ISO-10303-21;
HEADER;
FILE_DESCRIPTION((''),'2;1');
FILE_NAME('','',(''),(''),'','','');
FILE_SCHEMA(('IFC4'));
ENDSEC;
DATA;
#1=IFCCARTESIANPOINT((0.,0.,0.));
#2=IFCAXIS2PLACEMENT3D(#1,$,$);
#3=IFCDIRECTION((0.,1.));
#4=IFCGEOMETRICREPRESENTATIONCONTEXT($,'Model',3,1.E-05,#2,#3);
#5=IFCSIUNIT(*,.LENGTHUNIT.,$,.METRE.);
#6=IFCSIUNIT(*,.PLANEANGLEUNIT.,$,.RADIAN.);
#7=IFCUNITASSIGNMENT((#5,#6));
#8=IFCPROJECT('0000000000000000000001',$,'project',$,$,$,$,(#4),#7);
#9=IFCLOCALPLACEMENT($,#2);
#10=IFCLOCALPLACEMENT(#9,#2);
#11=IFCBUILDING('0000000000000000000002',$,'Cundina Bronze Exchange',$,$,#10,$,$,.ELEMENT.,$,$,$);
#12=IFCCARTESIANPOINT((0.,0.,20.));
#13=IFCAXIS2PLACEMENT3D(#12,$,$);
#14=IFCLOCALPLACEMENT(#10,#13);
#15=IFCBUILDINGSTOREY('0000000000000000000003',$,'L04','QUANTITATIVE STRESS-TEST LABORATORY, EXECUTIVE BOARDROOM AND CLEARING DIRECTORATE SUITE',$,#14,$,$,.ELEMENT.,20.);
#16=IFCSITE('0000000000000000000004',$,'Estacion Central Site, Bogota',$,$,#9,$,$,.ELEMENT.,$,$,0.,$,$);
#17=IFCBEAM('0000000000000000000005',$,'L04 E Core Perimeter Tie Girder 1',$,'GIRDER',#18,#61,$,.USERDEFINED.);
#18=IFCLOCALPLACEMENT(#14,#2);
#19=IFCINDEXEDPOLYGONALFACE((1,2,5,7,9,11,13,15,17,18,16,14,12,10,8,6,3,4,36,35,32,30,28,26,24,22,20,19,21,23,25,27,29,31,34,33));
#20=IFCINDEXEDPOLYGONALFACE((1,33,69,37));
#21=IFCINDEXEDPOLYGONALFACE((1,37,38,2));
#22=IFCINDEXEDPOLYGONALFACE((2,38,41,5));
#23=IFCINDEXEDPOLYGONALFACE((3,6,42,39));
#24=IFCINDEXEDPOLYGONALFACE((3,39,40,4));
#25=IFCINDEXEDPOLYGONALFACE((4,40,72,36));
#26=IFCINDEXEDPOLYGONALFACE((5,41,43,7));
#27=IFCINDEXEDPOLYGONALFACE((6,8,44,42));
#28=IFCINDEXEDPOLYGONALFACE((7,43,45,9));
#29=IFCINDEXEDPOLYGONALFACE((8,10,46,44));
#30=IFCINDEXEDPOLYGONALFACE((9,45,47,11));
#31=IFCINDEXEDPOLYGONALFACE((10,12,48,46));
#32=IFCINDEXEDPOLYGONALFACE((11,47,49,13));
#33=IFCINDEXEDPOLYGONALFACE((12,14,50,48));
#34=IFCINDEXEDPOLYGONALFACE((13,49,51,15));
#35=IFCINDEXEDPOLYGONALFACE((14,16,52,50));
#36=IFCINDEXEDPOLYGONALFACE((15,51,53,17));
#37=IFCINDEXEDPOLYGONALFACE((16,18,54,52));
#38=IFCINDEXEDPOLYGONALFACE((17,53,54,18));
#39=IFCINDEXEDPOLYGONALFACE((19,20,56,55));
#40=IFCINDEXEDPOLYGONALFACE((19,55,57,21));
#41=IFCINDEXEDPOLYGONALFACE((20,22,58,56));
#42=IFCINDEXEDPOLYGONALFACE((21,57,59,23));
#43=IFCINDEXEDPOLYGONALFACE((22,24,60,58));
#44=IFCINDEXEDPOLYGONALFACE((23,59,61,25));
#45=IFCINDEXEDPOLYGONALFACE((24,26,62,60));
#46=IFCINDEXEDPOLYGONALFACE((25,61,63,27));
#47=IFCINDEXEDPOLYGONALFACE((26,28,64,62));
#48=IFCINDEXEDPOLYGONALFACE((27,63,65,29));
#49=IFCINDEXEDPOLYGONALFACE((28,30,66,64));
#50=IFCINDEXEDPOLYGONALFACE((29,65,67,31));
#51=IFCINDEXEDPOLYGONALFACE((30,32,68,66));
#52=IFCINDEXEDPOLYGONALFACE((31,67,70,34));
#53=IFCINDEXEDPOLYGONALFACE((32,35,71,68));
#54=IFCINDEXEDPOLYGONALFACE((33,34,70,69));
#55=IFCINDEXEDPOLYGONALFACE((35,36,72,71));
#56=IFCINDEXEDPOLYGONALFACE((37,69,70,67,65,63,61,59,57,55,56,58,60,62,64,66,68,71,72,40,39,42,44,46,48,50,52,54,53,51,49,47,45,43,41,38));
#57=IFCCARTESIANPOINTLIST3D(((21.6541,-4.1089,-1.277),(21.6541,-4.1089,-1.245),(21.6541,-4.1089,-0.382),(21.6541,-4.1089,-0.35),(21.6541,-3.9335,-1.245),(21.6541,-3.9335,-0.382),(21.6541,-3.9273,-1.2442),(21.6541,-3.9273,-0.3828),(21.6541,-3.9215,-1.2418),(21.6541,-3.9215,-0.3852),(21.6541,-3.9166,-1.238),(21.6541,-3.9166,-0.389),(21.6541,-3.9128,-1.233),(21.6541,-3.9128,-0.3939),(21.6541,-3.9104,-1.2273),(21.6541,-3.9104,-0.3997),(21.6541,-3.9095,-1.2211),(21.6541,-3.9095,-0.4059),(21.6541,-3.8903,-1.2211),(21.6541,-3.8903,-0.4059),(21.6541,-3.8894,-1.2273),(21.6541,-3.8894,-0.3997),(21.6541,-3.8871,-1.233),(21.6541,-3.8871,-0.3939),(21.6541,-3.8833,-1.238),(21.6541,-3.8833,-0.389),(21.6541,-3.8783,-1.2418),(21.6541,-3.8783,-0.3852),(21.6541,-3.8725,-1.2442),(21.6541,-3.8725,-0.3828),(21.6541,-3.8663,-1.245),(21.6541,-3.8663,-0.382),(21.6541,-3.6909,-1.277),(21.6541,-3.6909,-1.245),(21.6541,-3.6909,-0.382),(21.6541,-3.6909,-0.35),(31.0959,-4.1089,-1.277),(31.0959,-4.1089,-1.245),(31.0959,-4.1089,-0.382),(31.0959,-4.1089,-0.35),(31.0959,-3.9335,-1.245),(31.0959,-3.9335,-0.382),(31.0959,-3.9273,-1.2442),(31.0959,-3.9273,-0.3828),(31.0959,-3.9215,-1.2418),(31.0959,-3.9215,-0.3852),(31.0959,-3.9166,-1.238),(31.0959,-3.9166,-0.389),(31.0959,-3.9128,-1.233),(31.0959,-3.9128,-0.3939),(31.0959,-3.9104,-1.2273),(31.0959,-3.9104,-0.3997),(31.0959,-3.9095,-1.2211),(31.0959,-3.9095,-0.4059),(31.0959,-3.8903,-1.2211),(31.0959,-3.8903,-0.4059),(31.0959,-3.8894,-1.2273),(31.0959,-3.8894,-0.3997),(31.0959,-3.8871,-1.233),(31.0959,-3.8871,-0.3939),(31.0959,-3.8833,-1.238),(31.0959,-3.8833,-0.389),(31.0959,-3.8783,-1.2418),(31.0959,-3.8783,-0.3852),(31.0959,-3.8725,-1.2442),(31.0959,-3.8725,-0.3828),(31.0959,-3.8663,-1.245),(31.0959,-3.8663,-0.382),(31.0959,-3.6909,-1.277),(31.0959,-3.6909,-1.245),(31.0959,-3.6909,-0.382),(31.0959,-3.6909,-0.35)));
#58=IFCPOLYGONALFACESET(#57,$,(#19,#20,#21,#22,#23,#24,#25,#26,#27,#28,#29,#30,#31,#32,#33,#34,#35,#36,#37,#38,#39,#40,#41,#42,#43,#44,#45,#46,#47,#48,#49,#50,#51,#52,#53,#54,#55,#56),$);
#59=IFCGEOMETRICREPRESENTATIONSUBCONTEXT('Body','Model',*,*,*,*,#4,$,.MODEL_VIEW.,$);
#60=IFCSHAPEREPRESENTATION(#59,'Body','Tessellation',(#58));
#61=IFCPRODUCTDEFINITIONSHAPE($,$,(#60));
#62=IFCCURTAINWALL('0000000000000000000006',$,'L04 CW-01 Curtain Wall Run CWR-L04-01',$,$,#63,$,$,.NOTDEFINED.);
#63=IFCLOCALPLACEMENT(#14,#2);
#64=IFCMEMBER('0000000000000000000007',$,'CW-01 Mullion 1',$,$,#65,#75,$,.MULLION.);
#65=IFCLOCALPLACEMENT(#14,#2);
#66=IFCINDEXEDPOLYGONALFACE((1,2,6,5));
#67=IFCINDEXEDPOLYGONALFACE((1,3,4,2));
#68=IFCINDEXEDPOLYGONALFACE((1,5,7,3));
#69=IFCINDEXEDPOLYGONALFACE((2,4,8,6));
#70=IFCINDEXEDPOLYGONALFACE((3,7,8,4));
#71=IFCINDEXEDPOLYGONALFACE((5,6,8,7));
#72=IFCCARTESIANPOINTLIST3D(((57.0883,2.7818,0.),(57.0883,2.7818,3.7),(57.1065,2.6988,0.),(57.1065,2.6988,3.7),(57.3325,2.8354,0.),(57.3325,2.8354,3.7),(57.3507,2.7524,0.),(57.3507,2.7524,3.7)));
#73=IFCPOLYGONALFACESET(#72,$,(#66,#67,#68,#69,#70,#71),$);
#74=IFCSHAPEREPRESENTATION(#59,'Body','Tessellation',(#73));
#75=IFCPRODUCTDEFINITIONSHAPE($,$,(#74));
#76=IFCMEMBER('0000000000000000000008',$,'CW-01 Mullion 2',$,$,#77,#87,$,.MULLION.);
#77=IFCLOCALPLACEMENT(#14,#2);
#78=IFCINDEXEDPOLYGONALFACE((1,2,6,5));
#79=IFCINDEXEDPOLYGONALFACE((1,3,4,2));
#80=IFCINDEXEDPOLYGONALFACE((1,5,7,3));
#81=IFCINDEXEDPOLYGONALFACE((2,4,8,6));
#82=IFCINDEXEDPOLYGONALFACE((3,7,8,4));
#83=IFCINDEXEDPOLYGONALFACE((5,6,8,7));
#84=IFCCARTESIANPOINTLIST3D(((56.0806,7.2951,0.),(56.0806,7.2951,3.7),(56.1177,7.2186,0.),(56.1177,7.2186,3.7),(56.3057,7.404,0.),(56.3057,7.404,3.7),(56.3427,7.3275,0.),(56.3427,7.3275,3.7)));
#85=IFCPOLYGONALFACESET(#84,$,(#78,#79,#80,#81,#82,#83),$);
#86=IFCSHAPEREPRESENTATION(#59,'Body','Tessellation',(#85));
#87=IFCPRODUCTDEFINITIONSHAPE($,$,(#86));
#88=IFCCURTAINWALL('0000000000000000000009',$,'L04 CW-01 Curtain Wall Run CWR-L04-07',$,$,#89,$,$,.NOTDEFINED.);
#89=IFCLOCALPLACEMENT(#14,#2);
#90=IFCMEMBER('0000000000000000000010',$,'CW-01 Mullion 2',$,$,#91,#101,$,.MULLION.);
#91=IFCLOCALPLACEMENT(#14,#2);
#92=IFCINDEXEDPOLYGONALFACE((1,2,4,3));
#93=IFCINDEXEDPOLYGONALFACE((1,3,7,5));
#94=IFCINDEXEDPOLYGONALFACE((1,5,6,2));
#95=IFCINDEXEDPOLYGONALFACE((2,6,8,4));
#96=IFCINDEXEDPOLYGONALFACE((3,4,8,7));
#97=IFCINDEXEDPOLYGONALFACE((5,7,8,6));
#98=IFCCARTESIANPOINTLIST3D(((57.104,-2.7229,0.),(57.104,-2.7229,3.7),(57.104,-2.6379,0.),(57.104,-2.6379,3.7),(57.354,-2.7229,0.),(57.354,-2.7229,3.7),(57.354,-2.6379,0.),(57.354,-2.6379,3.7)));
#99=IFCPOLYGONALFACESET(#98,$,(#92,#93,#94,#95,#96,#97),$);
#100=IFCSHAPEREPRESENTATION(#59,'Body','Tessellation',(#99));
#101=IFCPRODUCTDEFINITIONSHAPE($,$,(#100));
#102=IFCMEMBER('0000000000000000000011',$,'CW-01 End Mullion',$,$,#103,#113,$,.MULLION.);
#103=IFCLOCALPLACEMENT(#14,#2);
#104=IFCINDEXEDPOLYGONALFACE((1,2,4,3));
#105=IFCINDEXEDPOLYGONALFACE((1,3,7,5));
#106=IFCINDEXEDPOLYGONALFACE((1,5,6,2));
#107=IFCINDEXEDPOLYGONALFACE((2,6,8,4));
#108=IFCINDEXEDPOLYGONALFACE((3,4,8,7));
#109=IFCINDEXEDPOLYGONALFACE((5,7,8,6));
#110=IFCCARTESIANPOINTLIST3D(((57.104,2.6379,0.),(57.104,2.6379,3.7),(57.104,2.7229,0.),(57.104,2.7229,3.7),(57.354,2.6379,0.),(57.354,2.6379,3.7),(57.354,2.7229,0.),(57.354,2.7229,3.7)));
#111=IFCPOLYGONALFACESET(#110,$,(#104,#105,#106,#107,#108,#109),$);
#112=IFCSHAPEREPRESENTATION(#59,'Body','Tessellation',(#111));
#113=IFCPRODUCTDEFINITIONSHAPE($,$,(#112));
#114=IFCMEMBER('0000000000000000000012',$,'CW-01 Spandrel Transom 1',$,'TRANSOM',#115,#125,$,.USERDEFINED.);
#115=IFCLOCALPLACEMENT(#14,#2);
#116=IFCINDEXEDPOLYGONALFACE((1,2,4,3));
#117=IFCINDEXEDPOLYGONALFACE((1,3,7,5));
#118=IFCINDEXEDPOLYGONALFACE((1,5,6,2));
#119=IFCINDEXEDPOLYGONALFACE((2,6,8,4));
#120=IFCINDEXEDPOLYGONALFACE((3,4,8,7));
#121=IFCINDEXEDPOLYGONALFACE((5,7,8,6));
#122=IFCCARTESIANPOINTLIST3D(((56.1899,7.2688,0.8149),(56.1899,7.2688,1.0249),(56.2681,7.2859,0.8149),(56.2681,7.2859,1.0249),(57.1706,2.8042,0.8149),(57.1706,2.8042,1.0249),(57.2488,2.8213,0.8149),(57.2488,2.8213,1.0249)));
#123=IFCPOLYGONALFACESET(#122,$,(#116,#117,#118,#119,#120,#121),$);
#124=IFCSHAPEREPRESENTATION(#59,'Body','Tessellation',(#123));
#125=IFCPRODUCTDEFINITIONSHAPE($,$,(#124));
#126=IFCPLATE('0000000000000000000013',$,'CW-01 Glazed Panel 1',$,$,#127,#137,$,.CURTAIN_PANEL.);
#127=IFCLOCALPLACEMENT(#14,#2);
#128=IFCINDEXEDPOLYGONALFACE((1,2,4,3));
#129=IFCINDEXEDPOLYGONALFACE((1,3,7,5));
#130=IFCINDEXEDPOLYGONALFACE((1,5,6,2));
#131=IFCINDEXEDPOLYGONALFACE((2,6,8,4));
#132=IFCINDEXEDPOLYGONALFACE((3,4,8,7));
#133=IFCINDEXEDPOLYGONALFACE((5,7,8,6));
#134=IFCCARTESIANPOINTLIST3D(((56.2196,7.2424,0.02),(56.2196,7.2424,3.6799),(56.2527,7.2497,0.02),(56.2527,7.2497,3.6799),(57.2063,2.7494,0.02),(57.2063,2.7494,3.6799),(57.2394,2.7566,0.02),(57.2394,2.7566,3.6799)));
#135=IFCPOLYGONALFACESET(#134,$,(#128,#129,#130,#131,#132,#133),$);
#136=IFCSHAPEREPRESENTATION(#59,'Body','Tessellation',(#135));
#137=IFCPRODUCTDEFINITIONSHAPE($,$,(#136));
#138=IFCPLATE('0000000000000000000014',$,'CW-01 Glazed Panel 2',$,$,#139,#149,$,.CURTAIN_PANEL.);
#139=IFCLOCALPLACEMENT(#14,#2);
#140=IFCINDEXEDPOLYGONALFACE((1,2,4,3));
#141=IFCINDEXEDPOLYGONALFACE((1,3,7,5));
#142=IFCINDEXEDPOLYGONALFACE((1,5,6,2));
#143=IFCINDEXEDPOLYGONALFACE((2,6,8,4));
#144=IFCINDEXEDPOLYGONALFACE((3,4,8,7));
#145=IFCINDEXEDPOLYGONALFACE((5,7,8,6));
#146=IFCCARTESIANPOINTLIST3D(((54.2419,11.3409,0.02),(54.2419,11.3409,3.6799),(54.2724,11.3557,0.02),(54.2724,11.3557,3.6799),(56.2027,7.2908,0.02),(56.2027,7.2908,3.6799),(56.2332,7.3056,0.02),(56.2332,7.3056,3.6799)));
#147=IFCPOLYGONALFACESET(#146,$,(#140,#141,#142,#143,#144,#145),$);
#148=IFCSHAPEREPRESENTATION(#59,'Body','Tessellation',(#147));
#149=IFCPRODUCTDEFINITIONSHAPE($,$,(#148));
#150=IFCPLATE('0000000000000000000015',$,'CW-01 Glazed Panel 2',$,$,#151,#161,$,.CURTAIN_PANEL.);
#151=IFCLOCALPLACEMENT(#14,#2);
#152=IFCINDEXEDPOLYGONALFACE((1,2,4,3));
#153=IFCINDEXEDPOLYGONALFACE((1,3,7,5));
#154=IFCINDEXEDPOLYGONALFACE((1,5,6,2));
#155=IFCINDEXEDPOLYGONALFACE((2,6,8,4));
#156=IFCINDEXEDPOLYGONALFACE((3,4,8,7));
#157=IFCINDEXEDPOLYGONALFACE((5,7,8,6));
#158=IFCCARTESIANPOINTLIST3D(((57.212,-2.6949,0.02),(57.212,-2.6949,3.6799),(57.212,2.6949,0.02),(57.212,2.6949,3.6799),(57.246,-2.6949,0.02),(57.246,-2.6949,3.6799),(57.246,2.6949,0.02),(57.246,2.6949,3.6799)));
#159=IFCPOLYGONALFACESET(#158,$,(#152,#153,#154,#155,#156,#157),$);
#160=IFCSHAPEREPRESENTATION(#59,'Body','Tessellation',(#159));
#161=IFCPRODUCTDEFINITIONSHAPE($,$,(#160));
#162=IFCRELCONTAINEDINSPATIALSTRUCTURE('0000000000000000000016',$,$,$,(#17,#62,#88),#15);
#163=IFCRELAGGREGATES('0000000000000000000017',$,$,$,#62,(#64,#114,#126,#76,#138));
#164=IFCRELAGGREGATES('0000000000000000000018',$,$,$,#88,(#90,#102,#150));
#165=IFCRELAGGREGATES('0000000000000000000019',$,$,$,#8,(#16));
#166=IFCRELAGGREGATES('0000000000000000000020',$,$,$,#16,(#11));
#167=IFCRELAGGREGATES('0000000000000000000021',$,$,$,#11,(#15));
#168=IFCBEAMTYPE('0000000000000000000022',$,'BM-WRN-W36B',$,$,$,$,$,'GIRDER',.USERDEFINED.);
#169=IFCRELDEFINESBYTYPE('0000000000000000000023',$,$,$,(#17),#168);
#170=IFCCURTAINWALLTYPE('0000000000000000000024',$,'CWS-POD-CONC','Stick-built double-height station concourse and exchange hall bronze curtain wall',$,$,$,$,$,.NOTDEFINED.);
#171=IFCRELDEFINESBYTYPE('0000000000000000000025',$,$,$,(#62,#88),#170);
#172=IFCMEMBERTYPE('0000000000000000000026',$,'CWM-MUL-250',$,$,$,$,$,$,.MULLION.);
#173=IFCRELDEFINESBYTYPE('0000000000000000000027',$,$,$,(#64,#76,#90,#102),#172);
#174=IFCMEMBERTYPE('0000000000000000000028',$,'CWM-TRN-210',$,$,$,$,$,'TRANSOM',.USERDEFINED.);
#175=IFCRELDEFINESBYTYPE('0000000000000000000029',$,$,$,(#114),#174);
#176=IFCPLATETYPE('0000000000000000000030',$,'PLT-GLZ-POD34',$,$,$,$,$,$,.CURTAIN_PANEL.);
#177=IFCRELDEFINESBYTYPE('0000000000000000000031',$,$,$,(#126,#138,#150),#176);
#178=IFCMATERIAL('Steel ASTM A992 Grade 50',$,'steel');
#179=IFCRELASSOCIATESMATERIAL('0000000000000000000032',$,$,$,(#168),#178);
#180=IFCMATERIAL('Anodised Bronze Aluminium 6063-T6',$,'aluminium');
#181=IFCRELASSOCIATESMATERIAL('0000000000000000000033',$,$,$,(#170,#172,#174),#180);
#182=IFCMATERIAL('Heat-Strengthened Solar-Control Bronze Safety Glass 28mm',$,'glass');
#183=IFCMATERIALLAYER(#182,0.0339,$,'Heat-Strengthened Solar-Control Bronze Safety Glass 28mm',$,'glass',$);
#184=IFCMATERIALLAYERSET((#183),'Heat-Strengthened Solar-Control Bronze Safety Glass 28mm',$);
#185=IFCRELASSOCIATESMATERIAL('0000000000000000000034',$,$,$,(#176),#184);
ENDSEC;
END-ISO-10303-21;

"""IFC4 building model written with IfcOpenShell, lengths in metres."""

from ifc_helpers import new_model, si_unit, direction, frame, origin, origin_2d, place, context, subcontext, project, spatial, rectangle, i_section, extrude, material, layer, layer_set, material_profile, profile_set, type_object, element, aggregate, save


model = new_model("IFC4")

# Units and contexts
model_context = context("Model", 3, precision=1e-05, world=origin(), true_north=direction((0.0, 1.0)))
body_context = subcontext(model_context, "Body", "Model", "MODEL_VIEW")
ifc_project = project(units=[si_unit("LENGTHUNIT", "METRE"), si_unit("PLANEANGLEUNIT", "RADIAN")], contexts=[model_context])

# Site, building, storey
site_placement = place(None, origin())
site = spatial("IfcSite", under=ifc_project, at=site_placement, Name="Estacion Central Site, Bogota", CompositionType="ELEMENT", RefElevation=0.0)
building_placement = place(site_placement, origin())
building = spatial("IfcBuilding", under=site, at=building_placement, Name="Cundina Bronze Exchange", CompositionType="ELEMENT")
storey_placement = place(building_placement, frame((0.0, 0.0, 20.0)))
storey = spatial("IfcBuildingStorey", under=building, at=storey_placement, Name="L04", Description="QUANTITATIVE STRESS-TEST LABORATORY, EXECUTIVE BOARDROOM AND CLEARING DIRECTORATE SUITE", CompositionType="ELEMENT", Elevation=20.0)

# Shared definitions
ifc_material_1 = material(Name="Steel ASTM A992 Grade 50", Category="steel")

# Beam
ifc_material_profile_1 = material_profile(ifc_material_1, i_section(OverallWidth=0.418, OverallDepth=0.927, WebThickness=0.0193, FlangeThickness=0.032, FilletRadius=0.0239, at=origin_2d()), Name="W36X231", Category="steel")
ifc_profile_set_1 = profile_set([ifc_material_profile_1], Name="Steel ASTM A992 Grade 50")
beam_type_1 = type_object("IfcBeamType", Name="BM-WRN-W36B", ElementType="GIRDER", PredefinedType="USERDEFINED", material=ifc_profile_set_1)
beam_1_placement = place(storey_placement, frame((31.0959, -3.8999, -0.8135), z_axis=(-1.0, 0.0, 0.0), x_axis=(0.0, -1.0, 0.0)))
element("IfcBeam", 1, at=beam_1_placement, inside=storey, type_object=beam_type_1, Name="L04 E Core Perimeter Tie Girder 1", ObjectType="GIRDER", PredefinedType="USERDEFINED", context=body_context, shape_type="SweptSolid", body=[
    extrude(i_section(OverallWidth=0.418, OverallDepth=0.927, WebThickness=0.0193, FlangeThickness=0.032, FilletRadius=0.0239, at=origin_2d()), origin(), (0.0, 0.0, 1.0), 9.4419),
])

# Curtain walls, members
ifc_material_2 = material(Name="Anodised Bronze Aluminium 6063-T6", Category="aluminium")
curtain_wall_type = type_object("IfcCurtainWallType", Name="CWS-POD-CONC", Description="Stick-built double-height station concourse and exchange hall bronze curtain wall", PredefinedType="NOTDEFINED", material=ifc_material_2)
curtain_wall_1_placement = place(storey_placement, origin())
curtain_wall_1 = element("IfcCurtainWall", 2, at=curtain_wall_1_placement, inside=storey, type_object=curtain_wall_type, Name="L04 CW-01 Curtain Wall Run CWR-L04-01", PredefinedType="NOTDEFINED")
ifc_material_profile_2 = material_profile(ifc_material_2, rectangle(XDim=0.085, YDim=0.25, at=origin_2d()), Name="AL85X250", Category="aluminium")
ifc_profile_set_2 = profile_set([ifc_material_profile_2], Name="Anodised Bronze Aluminium 6063-T6")
member_type_1 = type_object("IfcMemberType", Name="CWM-MUL-250", PredefinedType="MULLION", material=ifc_profile_set_2)
member_1_placement = place(storey_placement, frame((57.2195, 2.7671, 0.0), z_axis=(0.0, 0.0, 1.0), x_axis=(-0.214565, 0.97671, 0.0)))
member_1 = element("IfcMember", 3, at=member_1_placement, type_object=member_type_1, Name="CW-01 Mullion 1", PredefinedType="MULLION", context=body_context, shape_type="SweptSolid", body=[
    extrude(rectangle(XDim=0.085, YDim=0.25, at=origin_2d()), origin(), (0.0, 0.0, 1.0), 3.7),
])
member_2_placement = place(storey_placement, frame((56.2117, 7.3113, 0.0), z_axis=(0.0, 0.0, 1.0), x_axis=(-0.435702, 0.900091, 0.0)))
member_2 = element("IfcMember", 4, at=member_2_placement, type_object=member_type_1, Name="CW-01 Mullion 2", PredefinedType="MULLION", context=body_context, shape_type="SweptSolid", body=[
    extrude(rectangle(XDim=0.085, YDim=0.25, at=origin_2d()), origin(), (0.0, 0.0, 1.0), 3.7),
])
curtain_wall_2_placement = place(storey_placement, origin())
curtain_wall_2 = element("IfcCurtainWall", 5, at=curtain_wall_2_placement, inside=storey, type_object=curtain_wall_type, Name="L04 CW-01 Curtain Wall Run CWR-L04-07", PredefinedType="NOTDEFINED")
member_3_placement = place(storey_placement, frame((57.229, -2.6804, 0.0), z_axis=(0.0, 0.0, 1.0), x_axis=(0.0, 1.0, 0.0)))
member_3 = element("IfcMember", 6, at=member_3_placement, type_object=member_type_1, Name="CW-01 Mullion 2", PredefinedType="MULLION", context=body_context, shape_type="SweptSolid", body=[
    extrude(rectangle(XDim=0.085, YDim=0.25, at=origin_2d()), origin(), (0.0, 0.0, 1.0), 3.7),
])
member_4_placement = place(storey_placement, frame((57.229, 2.6804, 0.0), z_axis=(0.0, 0.0, 1.0), x_axis=(0.0, 1.0, 0.0)))
member_4 = element("IfcMember", 7, at=member_4_placement, type_object=member_type_1, Name="CW-01 End Mullion", PredefinedType="MULLION", context=body_context, shape_type="SweptSolid", body=[
    extrude(rectangle(XDim=0.085, YDim=0.25, at=origin_2d()), origin(), (0.0, 0.0, 1.0), 3.7),
])

# Member
ifc_material_profile_3 = material_profile(ifc_material_2, rectangle(XDim=0.0801, YDim=0.21, at=origin_2d()), Name="AL80X210", Category="aluminium")
ifc_profile_set_3 = profile_set([ifc_material_profile_3], Name="Anodised Bronze Aluminium 6063-T6")
member_type_2 = type_object("IfcMemberType", Name="CWM-TRN-210", ElementType="TRANSOM", PredefinedType="USERDEFINED", material=ifc_profile_set_3)
member_5_placement = place(storey_placement, frame((57.2097, 2.8127, 0.9199), z_axis=(-0.214549, 0.976713, 0.0), x_axis=(-0.976713, -0.214549, 0.0)))
member_5 = element("IfcMember", 8, at=member_5_placement, type_object=member_type_2, Name="CW-01 Spandrel Transom 1", ObjectType="TRANSOM", PredefinedType="USERDEFINED", context=body_context, shape_type="SweptSolid", body=[
    extrude(rectangle(XDim=0.0801, YDim=0.21, at=origin_2d()), origin(), (0.0, 0.0, 1.0), 4.571),
])

# Plates
ifc_material_3 = material(Name="Heat-Strengthened Solar-Control Bronze Safety Glass 28mm", Category="glass")
ifc_layer_1 = layer(ifc_material_3, 0.0339, Name="Heat-Strengthened Solar-Control Bronze Safety Glass 28mm", Category="glass")
ifc_layer_set_1 = layer_set([ifc_layer_1], Name="Heat-Strengthened Solar-Control Bronze Safety Glass 28mm")
plate_type = type_object("IfcPlateType", Name="PLT-GLZ-POD34", PredefinedType="CURTAIN_PANEL", material=ifc_layer_set_1)
plate_1_placement = place(storey_placement, frame((56.7295, 4.9995, 0.02), z_axis=(0.0, 0.0, 1.0), x_axis=(-0.214497, 0.976725, 0.0)))
plate_1 = element("IfcPlate", 9, at=plate_1_placement, type_object=plate_type, Name="CW-01 Glazed Panel 1", PredefinedType="CURTAIN_PANEL", context=body_context, shape_type="SweptSolid", body=[
    extrude(rectangle(XDim=4.6001, YDim=0.0339, at=origin_2d()), origin(), (0.0, 0.0, 1.0), 3.6599),
])
plate_2_placement = place(storey_placement, frame((55.2375, 9.3232, 0.02), z_axis=(0.0, 0.0, 1.0), x_axis=(-0.435765, 0.90006, 0.0)))
plate_2 = element("IfcPlate", 10, at=plate_2_placement, type_object=plate_type, Name="CW-01 Glazed Panel 2", PredefinedType="CURTAIN_PANEL", context=body_context, shape_type="SweptSolid", body=[
    extrude(rectangle(XDim=4.4998, YDim=0.0339, at=origin_2d()), origin(), (0.0, 0.0, 1.0), 3.6599),
])
aggregate(curtain_wall_1, [member_1, member_5, plate_1, member_2, plate_2])
plate_3_placement = place(storey_placement, frame((57.229, 0.0, 0.02), z_axis=(0.0, 0.0, 1.0), x_axis=(0.0, 1.0, 0.0)))
plate_3 = element("IfcPlate", 11, at=plate_3_placement, type_object=plate_type, Name="CW-01 Glazed Panel 2", PredefinedType="CURTAIN_PANEL", context=body_context, shape_type="SweptSolid", body=[
    extrude(rectangle(XDim=5.3899, YDim=0.0339, at=origin_2d()), origin(), (0.0, 0.0, 1.0), 3.6599),
])
aggregate(curtain_wall_2, [member_3, member_4, plate_3])

save(model, "model.ifc")
